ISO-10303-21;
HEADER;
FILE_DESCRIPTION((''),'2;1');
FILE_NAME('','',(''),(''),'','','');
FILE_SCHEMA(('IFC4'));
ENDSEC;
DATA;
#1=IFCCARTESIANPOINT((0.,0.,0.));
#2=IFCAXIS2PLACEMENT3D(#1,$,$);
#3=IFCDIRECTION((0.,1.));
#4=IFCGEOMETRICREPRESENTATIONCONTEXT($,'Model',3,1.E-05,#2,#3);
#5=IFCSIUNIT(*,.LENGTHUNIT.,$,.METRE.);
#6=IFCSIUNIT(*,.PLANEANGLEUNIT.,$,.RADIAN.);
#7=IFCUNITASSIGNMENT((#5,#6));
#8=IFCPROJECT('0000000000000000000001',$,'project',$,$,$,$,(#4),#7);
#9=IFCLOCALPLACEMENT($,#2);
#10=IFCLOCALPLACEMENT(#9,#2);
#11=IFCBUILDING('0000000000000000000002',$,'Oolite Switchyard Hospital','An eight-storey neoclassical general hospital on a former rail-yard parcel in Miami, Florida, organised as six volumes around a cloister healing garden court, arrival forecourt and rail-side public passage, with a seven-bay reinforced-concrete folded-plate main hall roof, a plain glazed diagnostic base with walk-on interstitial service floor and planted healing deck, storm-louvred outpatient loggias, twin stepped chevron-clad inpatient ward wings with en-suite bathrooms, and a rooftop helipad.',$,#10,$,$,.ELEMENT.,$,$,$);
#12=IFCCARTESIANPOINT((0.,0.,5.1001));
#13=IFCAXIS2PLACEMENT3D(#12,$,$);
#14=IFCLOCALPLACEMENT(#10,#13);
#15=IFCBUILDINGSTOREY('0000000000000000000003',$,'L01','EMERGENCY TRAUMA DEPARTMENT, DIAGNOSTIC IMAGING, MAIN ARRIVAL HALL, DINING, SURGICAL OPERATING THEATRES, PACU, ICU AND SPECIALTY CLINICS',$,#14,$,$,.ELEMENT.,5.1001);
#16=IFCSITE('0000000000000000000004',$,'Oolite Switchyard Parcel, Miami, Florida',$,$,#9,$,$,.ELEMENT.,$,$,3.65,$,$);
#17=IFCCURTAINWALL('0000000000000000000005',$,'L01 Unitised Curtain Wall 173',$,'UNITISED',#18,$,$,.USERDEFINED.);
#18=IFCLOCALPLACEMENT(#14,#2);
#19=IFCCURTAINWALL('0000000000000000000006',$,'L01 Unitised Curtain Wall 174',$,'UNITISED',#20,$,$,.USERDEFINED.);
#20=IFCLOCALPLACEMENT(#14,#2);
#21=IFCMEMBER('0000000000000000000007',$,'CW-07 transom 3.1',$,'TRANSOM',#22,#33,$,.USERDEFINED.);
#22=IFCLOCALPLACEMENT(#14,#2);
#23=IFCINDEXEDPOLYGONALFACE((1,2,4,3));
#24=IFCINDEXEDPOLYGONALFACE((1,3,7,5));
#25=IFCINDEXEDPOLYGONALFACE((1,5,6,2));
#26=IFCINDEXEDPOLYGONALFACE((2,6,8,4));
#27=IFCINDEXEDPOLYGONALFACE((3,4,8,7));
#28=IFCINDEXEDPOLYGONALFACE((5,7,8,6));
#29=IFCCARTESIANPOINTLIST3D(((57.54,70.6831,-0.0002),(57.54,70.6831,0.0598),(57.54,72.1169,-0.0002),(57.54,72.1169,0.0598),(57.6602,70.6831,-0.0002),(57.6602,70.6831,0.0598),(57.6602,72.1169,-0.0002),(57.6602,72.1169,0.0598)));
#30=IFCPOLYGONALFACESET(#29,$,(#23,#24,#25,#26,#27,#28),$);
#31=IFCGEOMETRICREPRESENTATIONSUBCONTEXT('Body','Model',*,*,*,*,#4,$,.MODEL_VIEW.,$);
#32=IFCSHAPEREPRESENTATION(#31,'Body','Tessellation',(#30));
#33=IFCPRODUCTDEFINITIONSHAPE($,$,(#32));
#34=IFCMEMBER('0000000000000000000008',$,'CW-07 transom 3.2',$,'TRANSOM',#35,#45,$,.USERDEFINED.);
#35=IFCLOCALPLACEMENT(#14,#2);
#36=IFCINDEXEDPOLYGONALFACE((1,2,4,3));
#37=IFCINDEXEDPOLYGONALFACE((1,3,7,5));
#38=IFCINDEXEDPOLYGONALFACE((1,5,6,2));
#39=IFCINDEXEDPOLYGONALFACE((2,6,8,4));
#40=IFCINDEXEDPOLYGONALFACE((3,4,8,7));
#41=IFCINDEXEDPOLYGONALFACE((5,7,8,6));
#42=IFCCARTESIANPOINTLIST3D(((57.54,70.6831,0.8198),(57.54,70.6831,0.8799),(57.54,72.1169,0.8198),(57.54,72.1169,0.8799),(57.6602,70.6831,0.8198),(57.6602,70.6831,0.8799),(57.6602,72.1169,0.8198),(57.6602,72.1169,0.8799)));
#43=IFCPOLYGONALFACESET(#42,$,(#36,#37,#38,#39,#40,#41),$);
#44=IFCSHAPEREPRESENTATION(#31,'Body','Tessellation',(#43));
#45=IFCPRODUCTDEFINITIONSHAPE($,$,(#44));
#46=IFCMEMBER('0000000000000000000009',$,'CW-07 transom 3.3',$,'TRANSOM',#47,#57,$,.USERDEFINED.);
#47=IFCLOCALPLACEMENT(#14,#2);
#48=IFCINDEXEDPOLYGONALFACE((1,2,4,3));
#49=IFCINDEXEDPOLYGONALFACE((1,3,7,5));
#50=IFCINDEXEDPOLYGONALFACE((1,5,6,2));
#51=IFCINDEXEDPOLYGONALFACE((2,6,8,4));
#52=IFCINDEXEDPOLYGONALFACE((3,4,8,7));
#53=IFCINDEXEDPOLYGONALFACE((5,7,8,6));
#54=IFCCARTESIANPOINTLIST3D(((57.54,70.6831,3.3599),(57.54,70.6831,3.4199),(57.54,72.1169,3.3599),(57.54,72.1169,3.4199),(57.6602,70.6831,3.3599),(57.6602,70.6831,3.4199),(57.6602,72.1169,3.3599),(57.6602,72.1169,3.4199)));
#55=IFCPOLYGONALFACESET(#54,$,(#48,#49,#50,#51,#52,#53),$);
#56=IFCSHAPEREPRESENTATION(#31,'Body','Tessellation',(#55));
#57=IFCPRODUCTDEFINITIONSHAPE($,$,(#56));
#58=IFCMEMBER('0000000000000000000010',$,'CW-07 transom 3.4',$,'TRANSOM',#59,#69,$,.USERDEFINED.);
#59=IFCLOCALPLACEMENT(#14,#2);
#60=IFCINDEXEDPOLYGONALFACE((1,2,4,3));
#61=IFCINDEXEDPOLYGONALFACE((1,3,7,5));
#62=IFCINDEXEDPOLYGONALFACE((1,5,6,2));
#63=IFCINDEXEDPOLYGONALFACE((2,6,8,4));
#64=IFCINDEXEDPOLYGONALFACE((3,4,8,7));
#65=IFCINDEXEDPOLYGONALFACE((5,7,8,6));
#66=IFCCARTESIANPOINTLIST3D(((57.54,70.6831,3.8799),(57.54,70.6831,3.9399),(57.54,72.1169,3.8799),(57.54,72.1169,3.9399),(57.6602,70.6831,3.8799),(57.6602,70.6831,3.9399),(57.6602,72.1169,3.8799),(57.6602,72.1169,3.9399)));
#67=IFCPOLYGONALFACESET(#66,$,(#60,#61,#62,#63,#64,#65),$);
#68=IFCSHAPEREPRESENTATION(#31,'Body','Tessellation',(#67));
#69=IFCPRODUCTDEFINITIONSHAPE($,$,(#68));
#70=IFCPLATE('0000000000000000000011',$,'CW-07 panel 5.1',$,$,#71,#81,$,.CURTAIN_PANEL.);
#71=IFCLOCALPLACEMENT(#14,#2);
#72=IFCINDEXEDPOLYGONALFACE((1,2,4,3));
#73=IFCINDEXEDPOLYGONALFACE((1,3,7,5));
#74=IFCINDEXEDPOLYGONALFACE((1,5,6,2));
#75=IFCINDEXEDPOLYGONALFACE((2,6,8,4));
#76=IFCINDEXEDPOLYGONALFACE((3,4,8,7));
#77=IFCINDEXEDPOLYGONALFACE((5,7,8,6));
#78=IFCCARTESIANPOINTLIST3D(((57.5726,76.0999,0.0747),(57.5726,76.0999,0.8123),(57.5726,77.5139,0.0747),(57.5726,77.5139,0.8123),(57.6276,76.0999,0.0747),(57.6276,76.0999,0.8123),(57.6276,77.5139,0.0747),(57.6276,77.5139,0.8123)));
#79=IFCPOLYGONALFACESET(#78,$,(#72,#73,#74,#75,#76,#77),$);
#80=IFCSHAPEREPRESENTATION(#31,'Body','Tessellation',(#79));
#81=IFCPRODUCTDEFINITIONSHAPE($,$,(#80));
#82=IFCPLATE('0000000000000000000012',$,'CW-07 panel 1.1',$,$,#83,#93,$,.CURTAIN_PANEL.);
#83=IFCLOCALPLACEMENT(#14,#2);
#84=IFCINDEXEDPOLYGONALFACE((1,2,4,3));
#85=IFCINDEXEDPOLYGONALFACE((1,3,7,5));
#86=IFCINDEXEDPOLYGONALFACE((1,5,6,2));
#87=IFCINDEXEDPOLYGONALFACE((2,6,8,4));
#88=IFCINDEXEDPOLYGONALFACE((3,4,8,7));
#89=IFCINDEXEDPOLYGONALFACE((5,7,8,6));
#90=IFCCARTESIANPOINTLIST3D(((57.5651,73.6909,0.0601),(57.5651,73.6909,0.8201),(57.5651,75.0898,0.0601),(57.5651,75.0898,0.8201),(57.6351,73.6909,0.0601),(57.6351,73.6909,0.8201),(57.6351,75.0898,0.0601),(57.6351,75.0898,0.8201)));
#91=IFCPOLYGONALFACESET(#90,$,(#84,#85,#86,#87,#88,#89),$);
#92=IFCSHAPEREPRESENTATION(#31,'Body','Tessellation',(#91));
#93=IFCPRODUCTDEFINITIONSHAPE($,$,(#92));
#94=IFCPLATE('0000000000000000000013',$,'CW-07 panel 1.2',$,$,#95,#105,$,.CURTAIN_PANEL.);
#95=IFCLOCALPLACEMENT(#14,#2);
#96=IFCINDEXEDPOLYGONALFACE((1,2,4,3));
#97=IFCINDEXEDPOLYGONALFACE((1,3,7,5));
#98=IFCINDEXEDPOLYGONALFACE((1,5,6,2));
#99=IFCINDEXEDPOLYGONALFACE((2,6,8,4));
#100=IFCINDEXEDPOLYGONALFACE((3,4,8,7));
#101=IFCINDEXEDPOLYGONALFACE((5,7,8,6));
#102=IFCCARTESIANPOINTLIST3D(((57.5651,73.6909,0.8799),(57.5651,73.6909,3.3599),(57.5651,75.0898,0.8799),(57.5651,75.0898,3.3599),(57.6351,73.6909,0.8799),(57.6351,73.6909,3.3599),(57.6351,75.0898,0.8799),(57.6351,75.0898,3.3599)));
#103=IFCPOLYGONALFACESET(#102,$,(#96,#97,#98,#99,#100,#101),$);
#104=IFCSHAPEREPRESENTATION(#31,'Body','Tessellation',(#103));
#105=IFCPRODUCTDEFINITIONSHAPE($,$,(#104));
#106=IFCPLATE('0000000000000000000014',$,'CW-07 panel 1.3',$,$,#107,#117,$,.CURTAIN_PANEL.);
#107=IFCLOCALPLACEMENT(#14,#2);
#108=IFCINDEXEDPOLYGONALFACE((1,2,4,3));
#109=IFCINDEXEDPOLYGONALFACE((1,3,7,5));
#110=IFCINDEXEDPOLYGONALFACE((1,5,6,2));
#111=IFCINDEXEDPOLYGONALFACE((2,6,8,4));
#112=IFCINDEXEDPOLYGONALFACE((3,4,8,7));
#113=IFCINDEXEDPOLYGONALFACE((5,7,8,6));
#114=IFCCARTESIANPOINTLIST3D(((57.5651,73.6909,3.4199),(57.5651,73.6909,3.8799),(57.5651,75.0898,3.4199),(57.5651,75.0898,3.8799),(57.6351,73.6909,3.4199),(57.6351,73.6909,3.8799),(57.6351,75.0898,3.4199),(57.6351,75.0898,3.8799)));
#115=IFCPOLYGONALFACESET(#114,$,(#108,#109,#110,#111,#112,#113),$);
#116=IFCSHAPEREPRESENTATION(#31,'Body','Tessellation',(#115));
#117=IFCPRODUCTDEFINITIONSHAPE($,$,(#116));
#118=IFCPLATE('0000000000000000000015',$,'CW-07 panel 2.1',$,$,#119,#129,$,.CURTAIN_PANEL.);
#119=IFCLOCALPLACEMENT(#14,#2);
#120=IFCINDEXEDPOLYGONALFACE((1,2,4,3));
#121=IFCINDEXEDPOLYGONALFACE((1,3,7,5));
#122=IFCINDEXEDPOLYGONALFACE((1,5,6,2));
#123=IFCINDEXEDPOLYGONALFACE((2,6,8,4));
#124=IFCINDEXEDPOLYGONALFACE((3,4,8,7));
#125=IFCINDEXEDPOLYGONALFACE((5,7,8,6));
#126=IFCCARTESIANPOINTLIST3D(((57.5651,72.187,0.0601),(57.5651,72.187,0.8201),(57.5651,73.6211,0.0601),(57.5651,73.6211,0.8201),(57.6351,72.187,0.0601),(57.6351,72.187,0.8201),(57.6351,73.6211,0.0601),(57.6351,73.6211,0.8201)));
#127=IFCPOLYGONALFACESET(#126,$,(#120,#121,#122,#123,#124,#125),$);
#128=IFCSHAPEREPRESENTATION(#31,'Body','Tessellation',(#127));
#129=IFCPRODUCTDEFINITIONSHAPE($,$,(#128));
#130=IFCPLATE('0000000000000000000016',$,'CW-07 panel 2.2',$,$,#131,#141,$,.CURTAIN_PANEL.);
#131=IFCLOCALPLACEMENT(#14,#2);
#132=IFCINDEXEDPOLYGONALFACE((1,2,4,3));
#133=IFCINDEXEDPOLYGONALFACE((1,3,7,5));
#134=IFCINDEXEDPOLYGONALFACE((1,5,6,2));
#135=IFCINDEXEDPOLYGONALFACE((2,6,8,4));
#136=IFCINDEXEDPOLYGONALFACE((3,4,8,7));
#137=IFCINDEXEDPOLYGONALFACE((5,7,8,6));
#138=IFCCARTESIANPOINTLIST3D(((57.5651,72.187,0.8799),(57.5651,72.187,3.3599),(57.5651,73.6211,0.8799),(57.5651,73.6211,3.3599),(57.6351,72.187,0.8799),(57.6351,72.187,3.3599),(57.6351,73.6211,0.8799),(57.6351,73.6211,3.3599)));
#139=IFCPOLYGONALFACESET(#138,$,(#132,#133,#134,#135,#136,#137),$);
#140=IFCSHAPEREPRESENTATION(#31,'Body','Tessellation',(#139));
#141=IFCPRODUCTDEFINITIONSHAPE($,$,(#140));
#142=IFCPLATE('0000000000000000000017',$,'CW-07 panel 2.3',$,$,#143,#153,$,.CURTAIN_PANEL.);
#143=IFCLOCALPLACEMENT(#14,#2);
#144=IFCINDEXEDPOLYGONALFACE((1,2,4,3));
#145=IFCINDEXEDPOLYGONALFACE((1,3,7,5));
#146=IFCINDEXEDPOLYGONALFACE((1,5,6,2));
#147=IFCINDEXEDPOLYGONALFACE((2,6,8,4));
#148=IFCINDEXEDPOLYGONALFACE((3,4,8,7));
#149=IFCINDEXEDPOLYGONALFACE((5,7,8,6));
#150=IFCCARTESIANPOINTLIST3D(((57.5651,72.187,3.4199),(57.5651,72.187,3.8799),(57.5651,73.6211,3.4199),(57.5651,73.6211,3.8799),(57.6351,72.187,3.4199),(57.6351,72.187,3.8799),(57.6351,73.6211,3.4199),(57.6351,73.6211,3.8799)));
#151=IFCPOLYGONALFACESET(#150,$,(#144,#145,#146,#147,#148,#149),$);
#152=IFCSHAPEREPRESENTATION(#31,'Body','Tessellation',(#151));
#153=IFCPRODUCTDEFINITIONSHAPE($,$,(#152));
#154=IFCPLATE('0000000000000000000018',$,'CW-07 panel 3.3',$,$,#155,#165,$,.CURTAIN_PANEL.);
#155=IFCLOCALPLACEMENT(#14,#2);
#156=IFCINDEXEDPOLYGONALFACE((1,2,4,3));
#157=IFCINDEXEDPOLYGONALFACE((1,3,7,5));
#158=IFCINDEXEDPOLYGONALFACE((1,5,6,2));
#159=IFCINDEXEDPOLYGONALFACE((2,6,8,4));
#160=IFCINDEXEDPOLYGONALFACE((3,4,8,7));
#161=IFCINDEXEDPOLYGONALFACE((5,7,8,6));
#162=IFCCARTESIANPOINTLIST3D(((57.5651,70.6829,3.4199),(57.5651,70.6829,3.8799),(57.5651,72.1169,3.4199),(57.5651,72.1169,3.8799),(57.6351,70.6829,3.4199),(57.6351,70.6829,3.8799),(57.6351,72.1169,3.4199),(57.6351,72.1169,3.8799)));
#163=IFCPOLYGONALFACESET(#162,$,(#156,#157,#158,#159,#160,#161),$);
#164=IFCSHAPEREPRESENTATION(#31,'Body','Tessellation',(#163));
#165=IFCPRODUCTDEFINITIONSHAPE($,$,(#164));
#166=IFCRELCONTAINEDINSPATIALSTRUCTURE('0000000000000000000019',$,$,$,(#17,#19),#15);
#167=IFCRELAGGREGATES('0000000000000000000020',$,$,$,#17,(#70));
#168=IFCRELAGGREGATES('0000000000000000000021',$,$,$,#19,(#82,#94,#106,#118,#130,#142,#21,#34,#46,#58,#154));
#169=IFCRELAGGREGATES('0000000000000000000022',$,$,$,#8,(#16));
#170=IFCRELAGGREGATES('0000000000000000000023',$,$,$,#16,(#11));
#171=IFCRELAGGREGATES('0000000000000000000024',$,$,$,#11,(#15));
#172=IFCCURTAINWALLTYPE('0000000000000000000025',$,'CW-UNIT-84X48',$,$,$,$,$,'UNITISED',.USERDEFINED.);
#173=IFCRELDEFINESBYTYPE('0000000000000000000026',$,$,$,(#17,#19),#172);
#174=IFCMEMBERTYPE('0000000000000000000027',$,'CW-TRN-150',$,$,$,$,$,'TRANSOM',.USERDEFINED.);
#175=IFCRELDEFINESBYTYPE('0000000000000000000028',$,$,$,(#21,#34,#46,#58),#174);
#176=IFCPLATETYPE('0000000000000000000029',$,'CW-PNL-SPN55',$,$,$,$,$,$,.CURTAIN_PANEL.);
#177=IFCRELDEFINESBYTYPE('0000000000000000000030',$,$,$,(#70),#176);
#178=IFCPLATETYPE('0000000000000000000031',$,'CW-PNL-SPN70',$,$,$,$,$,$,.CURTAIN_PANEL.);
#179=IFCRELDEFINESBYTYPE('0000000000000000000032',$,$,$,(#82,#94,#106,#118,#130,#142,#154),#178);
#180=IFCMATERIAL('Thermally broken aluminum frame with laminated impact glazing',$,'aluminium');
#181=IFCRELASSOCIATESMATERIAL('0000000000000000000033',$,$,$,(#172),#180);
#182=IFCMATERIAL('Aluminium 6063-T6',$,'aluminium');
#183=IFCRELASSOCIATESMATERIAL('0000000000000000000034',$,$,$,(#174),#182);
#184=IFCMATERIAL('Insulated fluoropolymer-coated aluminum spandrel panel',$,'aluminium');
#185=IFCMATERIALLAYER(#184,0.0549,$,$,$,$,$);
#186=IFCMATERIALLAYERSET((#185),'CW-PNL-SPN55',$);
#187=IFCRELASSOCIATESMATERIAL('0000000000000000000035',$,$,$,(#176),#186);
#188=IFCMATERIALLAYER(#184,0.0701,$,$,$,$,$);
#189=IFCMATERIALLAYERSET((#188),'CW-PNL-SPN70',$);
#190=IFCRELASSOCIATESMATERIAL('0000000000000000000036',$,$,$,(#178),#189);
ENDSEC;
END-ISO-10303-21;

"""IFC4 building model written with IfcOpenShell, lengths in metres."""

from ifc_helpers import new_model, si_unit, direction, frame, origin, origin_2d, place, context, subcontext, project, spatial, rectangle, extrude, material, layer, layer_set, material_profile, profile_set, type_object, element, aggregate, save


model = new_model("IFC4")

# Units and contexts
model_context = context("Model", 3, precision=1e-05, world=origin(), true_north=direction((0.0, 1.0)))
body_context = subcontext(model_context, "Body", "Model", "MODEL_VIEW")
ifc_project = project(units=[si_unit("LENGTHUNIT", "METRE"), si_unit("PLANEANGLEUNIT", "RADIAN")], contexts=[model_context])

# Site, building, storey
site_placement = place(None, origin())
site = spatial("IfcSite", under=ifc_project, at=site_placement, Name="Oolite Switchyard Parcel, Miami, Florida", CompositionType="ELEMENT", RefElevation=3.65)
building_placement = place(site_placement, origin())
building = spatial("IfcBuilding", under=site, at=building_placement, Name="Oolite Switchyard Hospital", Description="An eight-storey neoclassical general hospital on a former rail-yard parcel in Miami, Florida, organised as six volumes around a cloister healing garden court, arrival forecourt and rail-side public passage, with a seven-bay reinforced-concrete folded-plate main hall roof, a plain glazed diagnostic base with walk-on interstitial service floor and planted healing deck, storm-louvred outpatient loggias, twin stepped chevron-clad inpatient ward wings with en-suite bathrooms, and a rooftop helipad.", CompositionType="ELEMENT")
storey_placement = place(building_placement, frame((0.0, 0.0, 5.1001)))
storey = spatial("IfcBuildingStorey", under=building, at=storey_placement, Name="L01", Description="EMERGENCY TRAUMA DEPARTMENT, DIAGNOSTIC IMAGING, MAIN ARRIVAL HALL, DINING, SURGICAL OPERATING THEATRES, PACU, ICU AND SPECIALTY CLINICS", CompositionType="ELEMENT", Elevation=5.1001)

# Curtain wall
ifc_material_1 = material(Name="Thermally broken aluminum frame with laminated impact glazing", Category="aluminium")
curtain_wall_type = type_object("IfcCurtainWallType", Name="CW-UNIT-84X48", ElementType="UNITISED", PredefinedType="USERDEFINED", material=ifc_material_1)
curtain_wall_1_placement = place(storey_placement, origin())
curtain_wall_1 = element("IfcCurtainWall", 1, at=curtain_wall_1_placement, inside=storey, type_object=curtain_wall_type, Name="L01 Unitised Curtain Wall 173", ObjectType="UNITISED", PredefinedType="USERDEFINED")
ifc_material_2 = material(Name="Aluminium 6063-T6", Category="aluminium")

# Curtain wall, members
curtain_wall_2_placement = place(storey_placement, origin())
curtain_wall_2 = element("IfcCurtainWall", 2, at=curtain_wall_2_placement, inside=storey, type_object=curtain_wall_type, Name="L01 Unitised Curtain Wall 174", ObjectType="UNITISED", PredefinedType="USERDEFINED")
ifc_material_profile_1 = material_profile(ifc_material_2, rectangle(XDim=0.1201, YDim=0.0601, at=origin_2d()), Name="CWT60X120")
ifc_profile_set_1 = profile_set([ifc_material_profile_1], Name="Aluminium 6063-T6")
member_type_1 = type_object("IfcMemberType", Name="CW-TRN-150", ElementType="TRANSOM", PredefinedType="USERDEFINED", material=ifc_profile_set_1)
member_1_placement = place(storey_placement, frame((57.6001, 72.1169, 0.0298), z_axis=(0.0, -1.0, 0.0), x_axis=(1.0, 0.0, 0.0)))
member_1 = element("IfcMember", 3, at=member_1_placement, type_object=member_type_1, Name="CW-07 transom 3.1", ObjectType="TRANSOM", PredefinedType="USERDEFINED", context=body_context, shape_type="SweptSolid", body=[
    extrude(rectangle(XDim=0.1201, YDim=0.0601, at=origin_2d()), origin(), (0.0, 0.0, 1.0), 1.4338),
])
member_2_placement = place(storey_placement, frame((57.6001, 72.1169, 0.8499), z_axis=(0.0, -1.0, 0.0), x_axis=(1.0, 0.0, 0.0)))
member_2 = element("IfcMember", 4, at=member_2_placement, type_object=member_type_1, Name="CW-07 transom 3.2", ObjectType="TRANSOM", PredefinedType="USERDEFINED", context=body_context, shape_type="SweptSolid", body=[
    extrude(rectangle(XDim=0.1201, YDim=0.0601, at=origin_2d()), origin(), (0.0, 0.0, 1.0), 1.4338),
])
member_3_placement = place(storey_placement, frame((57.6001, 72.1169, 3.3899), z_axis=(0.0, -1.0, 0.0), x_axis=(1.0, 0.0, 0.0)))
member_3 = element("IfcMember", 5, at=member_3_placement, type_object=member_type_1, Name="CW-07 transom 3.3", ObjectType="TRANSOM", PredefinedType="USERDEFINED", context=body_context, shape_type="SweptSolid", body=[
    extrude(rectangle(XDim=0.1201, YDim=0.0601, at=origin_2d()), origin(), (0.0, 0.0, 1.0), 1.4338),
])
member_4_placement = place(storey_placement, frame((57.6001, 72.1169, 3.9099), z_axis=(0.0, -1.0, 0.0), x_axis=(1.0, 0.0, 0.0)))
member_4 = element("IfcMember", 6, at=member_4_placement, type_object=member_type_1, Name="CW-07 transom 3.4", ObjectType="TRANSOM", PredefinedType="USERDEFINED", context=body_context, shape_type="SweptSolid", body=[
    extrude(rectangle(XDim=0.1201, YDim=0.0601, at=origin_2d()), origin(), (0.0, 0.0, 1.0), 1.4338),
])

# Plates
ifc_material_3 = material(Name="Insulated fluoropolymer-coated aluminum spandrel panel", Category="aluminium")
ifc_layer_1 = layer(ifc_material_3, 0.0549)
ifc_layer_set_1 = layer_set([ifc_layer_1], Name="CW-PNL-SPN55")
plate_type_1 = type_object("IfcPlateType", Name="CW-PNL-SPN55", PredefinedType="CURTAIN_PANEL", material=ifc_layer_set_1)
plate_1_placement = place(storey_placement, frame((57.6001, 76.8069, 0.0747), z_axis=(0.0, 0.0, 1.0), x_axis=(0.0, -1.0, 0.0)))
plate_1 = element("IfcPlate", 7, at=plate_1_placement, type_object=plate_type_1, Name="CW-07 panel 5.1", PredefinedType="CURTAIN_PANEL", context=body_context, shape_type="SweptSolid", body=[
    extrude(rectangle(XDim=1.4141, YDim=0.0549, at=origin_2d()), origin(), (0.0, 0.0, 1.0), 0.7375),
])
aggregate(curtain_wall_1, [plate_1])
ifc_layer_2 = layer(ifc_material_3, 0.0701)
ifc_layer_set_2 = layer_set([ifc_layer_2], Name="CW-PNL-SPN70")
plate_type_2 = type_object("IfcPlateType", Name="CW-PNL-SPN70", PredefinedType="CURTAIN_PANEL", material=ifc_layer_set_2)
plate_2_placement = place(storey_placement, frame((57.6001, 74.3904, 0.0601), z_axis=(0.0, 0.0, 1.0), x_axis=(0.0, -1.0, 0.0)))
plate_2 = element("IfcPlate", 8, at=plate_2_placement, type_object=plate_type_2, Name="CW-07 panel 1.1", PredefinedType="CURTAIN_PANEL", context=body_context, shape_type="SweptSolid", body=[
    extrude(rectangle(XDim=1.3989, YDim=0.0701, at=origin_2d()), origin(), (0.0, 0.0, 1.0), 0.76),
])
plate_3_placement = place(storey_placement, frame((57.6001, 74.3904, 0.8799), z_axis=(0.0, 0.0, 1.0), x_axis=(0.0, -1.0, 0.0)))
plate_3 = element("IfcPlate", 9, at=plate_3_placement, type_object=plate_type_2, Name="CW-07 panel 1.2", PredefinedType="CURTAIN_PANEL", context=body_context, shape_type="SweptSolid", body=[
    extrude(rectangle(XDim=1.3989, YDim=0.0701, at=origin_2d()), origin(), (0.0, 0.0, 1.0), 2.48),
])
plate_4_placement = place(storey_placement, frame((57.6001, 74.3904, 3.4199), z_axis=(0.0, 0.0, 1.0), x_axis=(0.0, -1.0, 0.0)))
plate_4 = element("IfcPlate", 10, at=plate_4_placement, type_object=plate_type_2, Name="CW-07 panel 1.3", PredefinedType="CURTAIN_PANEL", context=body_context, shape_type="SweptSolid", body=[
    extrude(rectangle(XDim=1.3989, YDim=0.0701, at=origin_2d()), origin(), (0.0, 0.0, 1.0), 0.46),
])
plate_5_placement = place(storey_placement, frame((57.6001, 72.9041, 0.0601), z_axis=(0.0, 0.0, 1.0), x_axis=(0.0, -1.0, 0.0)))
plate_5 = element("IfcPlate", 11, at=plate_5_placement, type_object=plate_type_2, Name="CW-07 panel 2.1", PredefinedType="CURTAIN_PANEL", context=body_context, shape_type="SweptSolid", body=[
    extrude(rectangle(XDim=1.4341, YDim=0.0701, at=origin_2d()), origin(), (0.0, 0.0, 1.0), 0.76),
])
plate_6_placement = place(storey_placement, frame((57.6001, 72.9041, 0.8799), z_axis=(0.0, 0.0, 1.0), x_axis=(0.0, -1.0, 0.0)))
plate_6 = element("IfcPlate", 12, at=plate_6_placement, type_object=plate_type_2, Name="CW-07 panel 2.2", PredefinedType="CURTAIN_PANEL", context=body_context, shape_type="SweptSolid", body=[
    extrude(rectangle(XDim=1.4341, YDim=0.0701, at=origin_2d()), origin(), (0.0, 0.0, 1.0), 2.48),
])
plate_7_placement = place(storey_placement, frame((57.6001, 72.9041, 3.4199), z_axis=(0.0, 0.0, 1.0), x_axis=(0.0, -1.0, 0.0)))
plate_7 = element("IfcPlate", 13, at=plate_7_placement, type_object=plate_type_2, Name="CW-07 panel 2.3", PredefinedType="CURTAIN_PANEL", context=body_context, shape_type="SweptSolid", body=[
    extrude(rectangle(XDim=1.4341, YDim=0.0701, at=origin_2d()), origin(), (0.0, 0.0, 1.0), 0.46),
])
plate_8_placement = place(storey_placement, frame((57.6001, 71.3999, 3.4199), z_axis=(0.0, 0.0, 1.0), x_axis=(0.0, -1.0, 0.0)))
plate_8 = element("IfcPlate", 14, at=plate_8_placement, type_object=plate_type_2, Name="CW-07 panel 3.3", PredefinedType="CURTAIN_PANEL", context=body_context, shape_type="SweptSolid", body=[
    extrude(rectangle(XDim=1.4341, YDim=0.0701, at=origin_2d()), origin(), (0.0, 0.0, 1.0), 0.46),
])
aggregate(curtain_wall_2, [plate_2, plate_3, plate_4, plate_5, plate_6, plate_7, member_1, member_2, member_3, member_4, plate_8])

save(model, "model.ifc")
